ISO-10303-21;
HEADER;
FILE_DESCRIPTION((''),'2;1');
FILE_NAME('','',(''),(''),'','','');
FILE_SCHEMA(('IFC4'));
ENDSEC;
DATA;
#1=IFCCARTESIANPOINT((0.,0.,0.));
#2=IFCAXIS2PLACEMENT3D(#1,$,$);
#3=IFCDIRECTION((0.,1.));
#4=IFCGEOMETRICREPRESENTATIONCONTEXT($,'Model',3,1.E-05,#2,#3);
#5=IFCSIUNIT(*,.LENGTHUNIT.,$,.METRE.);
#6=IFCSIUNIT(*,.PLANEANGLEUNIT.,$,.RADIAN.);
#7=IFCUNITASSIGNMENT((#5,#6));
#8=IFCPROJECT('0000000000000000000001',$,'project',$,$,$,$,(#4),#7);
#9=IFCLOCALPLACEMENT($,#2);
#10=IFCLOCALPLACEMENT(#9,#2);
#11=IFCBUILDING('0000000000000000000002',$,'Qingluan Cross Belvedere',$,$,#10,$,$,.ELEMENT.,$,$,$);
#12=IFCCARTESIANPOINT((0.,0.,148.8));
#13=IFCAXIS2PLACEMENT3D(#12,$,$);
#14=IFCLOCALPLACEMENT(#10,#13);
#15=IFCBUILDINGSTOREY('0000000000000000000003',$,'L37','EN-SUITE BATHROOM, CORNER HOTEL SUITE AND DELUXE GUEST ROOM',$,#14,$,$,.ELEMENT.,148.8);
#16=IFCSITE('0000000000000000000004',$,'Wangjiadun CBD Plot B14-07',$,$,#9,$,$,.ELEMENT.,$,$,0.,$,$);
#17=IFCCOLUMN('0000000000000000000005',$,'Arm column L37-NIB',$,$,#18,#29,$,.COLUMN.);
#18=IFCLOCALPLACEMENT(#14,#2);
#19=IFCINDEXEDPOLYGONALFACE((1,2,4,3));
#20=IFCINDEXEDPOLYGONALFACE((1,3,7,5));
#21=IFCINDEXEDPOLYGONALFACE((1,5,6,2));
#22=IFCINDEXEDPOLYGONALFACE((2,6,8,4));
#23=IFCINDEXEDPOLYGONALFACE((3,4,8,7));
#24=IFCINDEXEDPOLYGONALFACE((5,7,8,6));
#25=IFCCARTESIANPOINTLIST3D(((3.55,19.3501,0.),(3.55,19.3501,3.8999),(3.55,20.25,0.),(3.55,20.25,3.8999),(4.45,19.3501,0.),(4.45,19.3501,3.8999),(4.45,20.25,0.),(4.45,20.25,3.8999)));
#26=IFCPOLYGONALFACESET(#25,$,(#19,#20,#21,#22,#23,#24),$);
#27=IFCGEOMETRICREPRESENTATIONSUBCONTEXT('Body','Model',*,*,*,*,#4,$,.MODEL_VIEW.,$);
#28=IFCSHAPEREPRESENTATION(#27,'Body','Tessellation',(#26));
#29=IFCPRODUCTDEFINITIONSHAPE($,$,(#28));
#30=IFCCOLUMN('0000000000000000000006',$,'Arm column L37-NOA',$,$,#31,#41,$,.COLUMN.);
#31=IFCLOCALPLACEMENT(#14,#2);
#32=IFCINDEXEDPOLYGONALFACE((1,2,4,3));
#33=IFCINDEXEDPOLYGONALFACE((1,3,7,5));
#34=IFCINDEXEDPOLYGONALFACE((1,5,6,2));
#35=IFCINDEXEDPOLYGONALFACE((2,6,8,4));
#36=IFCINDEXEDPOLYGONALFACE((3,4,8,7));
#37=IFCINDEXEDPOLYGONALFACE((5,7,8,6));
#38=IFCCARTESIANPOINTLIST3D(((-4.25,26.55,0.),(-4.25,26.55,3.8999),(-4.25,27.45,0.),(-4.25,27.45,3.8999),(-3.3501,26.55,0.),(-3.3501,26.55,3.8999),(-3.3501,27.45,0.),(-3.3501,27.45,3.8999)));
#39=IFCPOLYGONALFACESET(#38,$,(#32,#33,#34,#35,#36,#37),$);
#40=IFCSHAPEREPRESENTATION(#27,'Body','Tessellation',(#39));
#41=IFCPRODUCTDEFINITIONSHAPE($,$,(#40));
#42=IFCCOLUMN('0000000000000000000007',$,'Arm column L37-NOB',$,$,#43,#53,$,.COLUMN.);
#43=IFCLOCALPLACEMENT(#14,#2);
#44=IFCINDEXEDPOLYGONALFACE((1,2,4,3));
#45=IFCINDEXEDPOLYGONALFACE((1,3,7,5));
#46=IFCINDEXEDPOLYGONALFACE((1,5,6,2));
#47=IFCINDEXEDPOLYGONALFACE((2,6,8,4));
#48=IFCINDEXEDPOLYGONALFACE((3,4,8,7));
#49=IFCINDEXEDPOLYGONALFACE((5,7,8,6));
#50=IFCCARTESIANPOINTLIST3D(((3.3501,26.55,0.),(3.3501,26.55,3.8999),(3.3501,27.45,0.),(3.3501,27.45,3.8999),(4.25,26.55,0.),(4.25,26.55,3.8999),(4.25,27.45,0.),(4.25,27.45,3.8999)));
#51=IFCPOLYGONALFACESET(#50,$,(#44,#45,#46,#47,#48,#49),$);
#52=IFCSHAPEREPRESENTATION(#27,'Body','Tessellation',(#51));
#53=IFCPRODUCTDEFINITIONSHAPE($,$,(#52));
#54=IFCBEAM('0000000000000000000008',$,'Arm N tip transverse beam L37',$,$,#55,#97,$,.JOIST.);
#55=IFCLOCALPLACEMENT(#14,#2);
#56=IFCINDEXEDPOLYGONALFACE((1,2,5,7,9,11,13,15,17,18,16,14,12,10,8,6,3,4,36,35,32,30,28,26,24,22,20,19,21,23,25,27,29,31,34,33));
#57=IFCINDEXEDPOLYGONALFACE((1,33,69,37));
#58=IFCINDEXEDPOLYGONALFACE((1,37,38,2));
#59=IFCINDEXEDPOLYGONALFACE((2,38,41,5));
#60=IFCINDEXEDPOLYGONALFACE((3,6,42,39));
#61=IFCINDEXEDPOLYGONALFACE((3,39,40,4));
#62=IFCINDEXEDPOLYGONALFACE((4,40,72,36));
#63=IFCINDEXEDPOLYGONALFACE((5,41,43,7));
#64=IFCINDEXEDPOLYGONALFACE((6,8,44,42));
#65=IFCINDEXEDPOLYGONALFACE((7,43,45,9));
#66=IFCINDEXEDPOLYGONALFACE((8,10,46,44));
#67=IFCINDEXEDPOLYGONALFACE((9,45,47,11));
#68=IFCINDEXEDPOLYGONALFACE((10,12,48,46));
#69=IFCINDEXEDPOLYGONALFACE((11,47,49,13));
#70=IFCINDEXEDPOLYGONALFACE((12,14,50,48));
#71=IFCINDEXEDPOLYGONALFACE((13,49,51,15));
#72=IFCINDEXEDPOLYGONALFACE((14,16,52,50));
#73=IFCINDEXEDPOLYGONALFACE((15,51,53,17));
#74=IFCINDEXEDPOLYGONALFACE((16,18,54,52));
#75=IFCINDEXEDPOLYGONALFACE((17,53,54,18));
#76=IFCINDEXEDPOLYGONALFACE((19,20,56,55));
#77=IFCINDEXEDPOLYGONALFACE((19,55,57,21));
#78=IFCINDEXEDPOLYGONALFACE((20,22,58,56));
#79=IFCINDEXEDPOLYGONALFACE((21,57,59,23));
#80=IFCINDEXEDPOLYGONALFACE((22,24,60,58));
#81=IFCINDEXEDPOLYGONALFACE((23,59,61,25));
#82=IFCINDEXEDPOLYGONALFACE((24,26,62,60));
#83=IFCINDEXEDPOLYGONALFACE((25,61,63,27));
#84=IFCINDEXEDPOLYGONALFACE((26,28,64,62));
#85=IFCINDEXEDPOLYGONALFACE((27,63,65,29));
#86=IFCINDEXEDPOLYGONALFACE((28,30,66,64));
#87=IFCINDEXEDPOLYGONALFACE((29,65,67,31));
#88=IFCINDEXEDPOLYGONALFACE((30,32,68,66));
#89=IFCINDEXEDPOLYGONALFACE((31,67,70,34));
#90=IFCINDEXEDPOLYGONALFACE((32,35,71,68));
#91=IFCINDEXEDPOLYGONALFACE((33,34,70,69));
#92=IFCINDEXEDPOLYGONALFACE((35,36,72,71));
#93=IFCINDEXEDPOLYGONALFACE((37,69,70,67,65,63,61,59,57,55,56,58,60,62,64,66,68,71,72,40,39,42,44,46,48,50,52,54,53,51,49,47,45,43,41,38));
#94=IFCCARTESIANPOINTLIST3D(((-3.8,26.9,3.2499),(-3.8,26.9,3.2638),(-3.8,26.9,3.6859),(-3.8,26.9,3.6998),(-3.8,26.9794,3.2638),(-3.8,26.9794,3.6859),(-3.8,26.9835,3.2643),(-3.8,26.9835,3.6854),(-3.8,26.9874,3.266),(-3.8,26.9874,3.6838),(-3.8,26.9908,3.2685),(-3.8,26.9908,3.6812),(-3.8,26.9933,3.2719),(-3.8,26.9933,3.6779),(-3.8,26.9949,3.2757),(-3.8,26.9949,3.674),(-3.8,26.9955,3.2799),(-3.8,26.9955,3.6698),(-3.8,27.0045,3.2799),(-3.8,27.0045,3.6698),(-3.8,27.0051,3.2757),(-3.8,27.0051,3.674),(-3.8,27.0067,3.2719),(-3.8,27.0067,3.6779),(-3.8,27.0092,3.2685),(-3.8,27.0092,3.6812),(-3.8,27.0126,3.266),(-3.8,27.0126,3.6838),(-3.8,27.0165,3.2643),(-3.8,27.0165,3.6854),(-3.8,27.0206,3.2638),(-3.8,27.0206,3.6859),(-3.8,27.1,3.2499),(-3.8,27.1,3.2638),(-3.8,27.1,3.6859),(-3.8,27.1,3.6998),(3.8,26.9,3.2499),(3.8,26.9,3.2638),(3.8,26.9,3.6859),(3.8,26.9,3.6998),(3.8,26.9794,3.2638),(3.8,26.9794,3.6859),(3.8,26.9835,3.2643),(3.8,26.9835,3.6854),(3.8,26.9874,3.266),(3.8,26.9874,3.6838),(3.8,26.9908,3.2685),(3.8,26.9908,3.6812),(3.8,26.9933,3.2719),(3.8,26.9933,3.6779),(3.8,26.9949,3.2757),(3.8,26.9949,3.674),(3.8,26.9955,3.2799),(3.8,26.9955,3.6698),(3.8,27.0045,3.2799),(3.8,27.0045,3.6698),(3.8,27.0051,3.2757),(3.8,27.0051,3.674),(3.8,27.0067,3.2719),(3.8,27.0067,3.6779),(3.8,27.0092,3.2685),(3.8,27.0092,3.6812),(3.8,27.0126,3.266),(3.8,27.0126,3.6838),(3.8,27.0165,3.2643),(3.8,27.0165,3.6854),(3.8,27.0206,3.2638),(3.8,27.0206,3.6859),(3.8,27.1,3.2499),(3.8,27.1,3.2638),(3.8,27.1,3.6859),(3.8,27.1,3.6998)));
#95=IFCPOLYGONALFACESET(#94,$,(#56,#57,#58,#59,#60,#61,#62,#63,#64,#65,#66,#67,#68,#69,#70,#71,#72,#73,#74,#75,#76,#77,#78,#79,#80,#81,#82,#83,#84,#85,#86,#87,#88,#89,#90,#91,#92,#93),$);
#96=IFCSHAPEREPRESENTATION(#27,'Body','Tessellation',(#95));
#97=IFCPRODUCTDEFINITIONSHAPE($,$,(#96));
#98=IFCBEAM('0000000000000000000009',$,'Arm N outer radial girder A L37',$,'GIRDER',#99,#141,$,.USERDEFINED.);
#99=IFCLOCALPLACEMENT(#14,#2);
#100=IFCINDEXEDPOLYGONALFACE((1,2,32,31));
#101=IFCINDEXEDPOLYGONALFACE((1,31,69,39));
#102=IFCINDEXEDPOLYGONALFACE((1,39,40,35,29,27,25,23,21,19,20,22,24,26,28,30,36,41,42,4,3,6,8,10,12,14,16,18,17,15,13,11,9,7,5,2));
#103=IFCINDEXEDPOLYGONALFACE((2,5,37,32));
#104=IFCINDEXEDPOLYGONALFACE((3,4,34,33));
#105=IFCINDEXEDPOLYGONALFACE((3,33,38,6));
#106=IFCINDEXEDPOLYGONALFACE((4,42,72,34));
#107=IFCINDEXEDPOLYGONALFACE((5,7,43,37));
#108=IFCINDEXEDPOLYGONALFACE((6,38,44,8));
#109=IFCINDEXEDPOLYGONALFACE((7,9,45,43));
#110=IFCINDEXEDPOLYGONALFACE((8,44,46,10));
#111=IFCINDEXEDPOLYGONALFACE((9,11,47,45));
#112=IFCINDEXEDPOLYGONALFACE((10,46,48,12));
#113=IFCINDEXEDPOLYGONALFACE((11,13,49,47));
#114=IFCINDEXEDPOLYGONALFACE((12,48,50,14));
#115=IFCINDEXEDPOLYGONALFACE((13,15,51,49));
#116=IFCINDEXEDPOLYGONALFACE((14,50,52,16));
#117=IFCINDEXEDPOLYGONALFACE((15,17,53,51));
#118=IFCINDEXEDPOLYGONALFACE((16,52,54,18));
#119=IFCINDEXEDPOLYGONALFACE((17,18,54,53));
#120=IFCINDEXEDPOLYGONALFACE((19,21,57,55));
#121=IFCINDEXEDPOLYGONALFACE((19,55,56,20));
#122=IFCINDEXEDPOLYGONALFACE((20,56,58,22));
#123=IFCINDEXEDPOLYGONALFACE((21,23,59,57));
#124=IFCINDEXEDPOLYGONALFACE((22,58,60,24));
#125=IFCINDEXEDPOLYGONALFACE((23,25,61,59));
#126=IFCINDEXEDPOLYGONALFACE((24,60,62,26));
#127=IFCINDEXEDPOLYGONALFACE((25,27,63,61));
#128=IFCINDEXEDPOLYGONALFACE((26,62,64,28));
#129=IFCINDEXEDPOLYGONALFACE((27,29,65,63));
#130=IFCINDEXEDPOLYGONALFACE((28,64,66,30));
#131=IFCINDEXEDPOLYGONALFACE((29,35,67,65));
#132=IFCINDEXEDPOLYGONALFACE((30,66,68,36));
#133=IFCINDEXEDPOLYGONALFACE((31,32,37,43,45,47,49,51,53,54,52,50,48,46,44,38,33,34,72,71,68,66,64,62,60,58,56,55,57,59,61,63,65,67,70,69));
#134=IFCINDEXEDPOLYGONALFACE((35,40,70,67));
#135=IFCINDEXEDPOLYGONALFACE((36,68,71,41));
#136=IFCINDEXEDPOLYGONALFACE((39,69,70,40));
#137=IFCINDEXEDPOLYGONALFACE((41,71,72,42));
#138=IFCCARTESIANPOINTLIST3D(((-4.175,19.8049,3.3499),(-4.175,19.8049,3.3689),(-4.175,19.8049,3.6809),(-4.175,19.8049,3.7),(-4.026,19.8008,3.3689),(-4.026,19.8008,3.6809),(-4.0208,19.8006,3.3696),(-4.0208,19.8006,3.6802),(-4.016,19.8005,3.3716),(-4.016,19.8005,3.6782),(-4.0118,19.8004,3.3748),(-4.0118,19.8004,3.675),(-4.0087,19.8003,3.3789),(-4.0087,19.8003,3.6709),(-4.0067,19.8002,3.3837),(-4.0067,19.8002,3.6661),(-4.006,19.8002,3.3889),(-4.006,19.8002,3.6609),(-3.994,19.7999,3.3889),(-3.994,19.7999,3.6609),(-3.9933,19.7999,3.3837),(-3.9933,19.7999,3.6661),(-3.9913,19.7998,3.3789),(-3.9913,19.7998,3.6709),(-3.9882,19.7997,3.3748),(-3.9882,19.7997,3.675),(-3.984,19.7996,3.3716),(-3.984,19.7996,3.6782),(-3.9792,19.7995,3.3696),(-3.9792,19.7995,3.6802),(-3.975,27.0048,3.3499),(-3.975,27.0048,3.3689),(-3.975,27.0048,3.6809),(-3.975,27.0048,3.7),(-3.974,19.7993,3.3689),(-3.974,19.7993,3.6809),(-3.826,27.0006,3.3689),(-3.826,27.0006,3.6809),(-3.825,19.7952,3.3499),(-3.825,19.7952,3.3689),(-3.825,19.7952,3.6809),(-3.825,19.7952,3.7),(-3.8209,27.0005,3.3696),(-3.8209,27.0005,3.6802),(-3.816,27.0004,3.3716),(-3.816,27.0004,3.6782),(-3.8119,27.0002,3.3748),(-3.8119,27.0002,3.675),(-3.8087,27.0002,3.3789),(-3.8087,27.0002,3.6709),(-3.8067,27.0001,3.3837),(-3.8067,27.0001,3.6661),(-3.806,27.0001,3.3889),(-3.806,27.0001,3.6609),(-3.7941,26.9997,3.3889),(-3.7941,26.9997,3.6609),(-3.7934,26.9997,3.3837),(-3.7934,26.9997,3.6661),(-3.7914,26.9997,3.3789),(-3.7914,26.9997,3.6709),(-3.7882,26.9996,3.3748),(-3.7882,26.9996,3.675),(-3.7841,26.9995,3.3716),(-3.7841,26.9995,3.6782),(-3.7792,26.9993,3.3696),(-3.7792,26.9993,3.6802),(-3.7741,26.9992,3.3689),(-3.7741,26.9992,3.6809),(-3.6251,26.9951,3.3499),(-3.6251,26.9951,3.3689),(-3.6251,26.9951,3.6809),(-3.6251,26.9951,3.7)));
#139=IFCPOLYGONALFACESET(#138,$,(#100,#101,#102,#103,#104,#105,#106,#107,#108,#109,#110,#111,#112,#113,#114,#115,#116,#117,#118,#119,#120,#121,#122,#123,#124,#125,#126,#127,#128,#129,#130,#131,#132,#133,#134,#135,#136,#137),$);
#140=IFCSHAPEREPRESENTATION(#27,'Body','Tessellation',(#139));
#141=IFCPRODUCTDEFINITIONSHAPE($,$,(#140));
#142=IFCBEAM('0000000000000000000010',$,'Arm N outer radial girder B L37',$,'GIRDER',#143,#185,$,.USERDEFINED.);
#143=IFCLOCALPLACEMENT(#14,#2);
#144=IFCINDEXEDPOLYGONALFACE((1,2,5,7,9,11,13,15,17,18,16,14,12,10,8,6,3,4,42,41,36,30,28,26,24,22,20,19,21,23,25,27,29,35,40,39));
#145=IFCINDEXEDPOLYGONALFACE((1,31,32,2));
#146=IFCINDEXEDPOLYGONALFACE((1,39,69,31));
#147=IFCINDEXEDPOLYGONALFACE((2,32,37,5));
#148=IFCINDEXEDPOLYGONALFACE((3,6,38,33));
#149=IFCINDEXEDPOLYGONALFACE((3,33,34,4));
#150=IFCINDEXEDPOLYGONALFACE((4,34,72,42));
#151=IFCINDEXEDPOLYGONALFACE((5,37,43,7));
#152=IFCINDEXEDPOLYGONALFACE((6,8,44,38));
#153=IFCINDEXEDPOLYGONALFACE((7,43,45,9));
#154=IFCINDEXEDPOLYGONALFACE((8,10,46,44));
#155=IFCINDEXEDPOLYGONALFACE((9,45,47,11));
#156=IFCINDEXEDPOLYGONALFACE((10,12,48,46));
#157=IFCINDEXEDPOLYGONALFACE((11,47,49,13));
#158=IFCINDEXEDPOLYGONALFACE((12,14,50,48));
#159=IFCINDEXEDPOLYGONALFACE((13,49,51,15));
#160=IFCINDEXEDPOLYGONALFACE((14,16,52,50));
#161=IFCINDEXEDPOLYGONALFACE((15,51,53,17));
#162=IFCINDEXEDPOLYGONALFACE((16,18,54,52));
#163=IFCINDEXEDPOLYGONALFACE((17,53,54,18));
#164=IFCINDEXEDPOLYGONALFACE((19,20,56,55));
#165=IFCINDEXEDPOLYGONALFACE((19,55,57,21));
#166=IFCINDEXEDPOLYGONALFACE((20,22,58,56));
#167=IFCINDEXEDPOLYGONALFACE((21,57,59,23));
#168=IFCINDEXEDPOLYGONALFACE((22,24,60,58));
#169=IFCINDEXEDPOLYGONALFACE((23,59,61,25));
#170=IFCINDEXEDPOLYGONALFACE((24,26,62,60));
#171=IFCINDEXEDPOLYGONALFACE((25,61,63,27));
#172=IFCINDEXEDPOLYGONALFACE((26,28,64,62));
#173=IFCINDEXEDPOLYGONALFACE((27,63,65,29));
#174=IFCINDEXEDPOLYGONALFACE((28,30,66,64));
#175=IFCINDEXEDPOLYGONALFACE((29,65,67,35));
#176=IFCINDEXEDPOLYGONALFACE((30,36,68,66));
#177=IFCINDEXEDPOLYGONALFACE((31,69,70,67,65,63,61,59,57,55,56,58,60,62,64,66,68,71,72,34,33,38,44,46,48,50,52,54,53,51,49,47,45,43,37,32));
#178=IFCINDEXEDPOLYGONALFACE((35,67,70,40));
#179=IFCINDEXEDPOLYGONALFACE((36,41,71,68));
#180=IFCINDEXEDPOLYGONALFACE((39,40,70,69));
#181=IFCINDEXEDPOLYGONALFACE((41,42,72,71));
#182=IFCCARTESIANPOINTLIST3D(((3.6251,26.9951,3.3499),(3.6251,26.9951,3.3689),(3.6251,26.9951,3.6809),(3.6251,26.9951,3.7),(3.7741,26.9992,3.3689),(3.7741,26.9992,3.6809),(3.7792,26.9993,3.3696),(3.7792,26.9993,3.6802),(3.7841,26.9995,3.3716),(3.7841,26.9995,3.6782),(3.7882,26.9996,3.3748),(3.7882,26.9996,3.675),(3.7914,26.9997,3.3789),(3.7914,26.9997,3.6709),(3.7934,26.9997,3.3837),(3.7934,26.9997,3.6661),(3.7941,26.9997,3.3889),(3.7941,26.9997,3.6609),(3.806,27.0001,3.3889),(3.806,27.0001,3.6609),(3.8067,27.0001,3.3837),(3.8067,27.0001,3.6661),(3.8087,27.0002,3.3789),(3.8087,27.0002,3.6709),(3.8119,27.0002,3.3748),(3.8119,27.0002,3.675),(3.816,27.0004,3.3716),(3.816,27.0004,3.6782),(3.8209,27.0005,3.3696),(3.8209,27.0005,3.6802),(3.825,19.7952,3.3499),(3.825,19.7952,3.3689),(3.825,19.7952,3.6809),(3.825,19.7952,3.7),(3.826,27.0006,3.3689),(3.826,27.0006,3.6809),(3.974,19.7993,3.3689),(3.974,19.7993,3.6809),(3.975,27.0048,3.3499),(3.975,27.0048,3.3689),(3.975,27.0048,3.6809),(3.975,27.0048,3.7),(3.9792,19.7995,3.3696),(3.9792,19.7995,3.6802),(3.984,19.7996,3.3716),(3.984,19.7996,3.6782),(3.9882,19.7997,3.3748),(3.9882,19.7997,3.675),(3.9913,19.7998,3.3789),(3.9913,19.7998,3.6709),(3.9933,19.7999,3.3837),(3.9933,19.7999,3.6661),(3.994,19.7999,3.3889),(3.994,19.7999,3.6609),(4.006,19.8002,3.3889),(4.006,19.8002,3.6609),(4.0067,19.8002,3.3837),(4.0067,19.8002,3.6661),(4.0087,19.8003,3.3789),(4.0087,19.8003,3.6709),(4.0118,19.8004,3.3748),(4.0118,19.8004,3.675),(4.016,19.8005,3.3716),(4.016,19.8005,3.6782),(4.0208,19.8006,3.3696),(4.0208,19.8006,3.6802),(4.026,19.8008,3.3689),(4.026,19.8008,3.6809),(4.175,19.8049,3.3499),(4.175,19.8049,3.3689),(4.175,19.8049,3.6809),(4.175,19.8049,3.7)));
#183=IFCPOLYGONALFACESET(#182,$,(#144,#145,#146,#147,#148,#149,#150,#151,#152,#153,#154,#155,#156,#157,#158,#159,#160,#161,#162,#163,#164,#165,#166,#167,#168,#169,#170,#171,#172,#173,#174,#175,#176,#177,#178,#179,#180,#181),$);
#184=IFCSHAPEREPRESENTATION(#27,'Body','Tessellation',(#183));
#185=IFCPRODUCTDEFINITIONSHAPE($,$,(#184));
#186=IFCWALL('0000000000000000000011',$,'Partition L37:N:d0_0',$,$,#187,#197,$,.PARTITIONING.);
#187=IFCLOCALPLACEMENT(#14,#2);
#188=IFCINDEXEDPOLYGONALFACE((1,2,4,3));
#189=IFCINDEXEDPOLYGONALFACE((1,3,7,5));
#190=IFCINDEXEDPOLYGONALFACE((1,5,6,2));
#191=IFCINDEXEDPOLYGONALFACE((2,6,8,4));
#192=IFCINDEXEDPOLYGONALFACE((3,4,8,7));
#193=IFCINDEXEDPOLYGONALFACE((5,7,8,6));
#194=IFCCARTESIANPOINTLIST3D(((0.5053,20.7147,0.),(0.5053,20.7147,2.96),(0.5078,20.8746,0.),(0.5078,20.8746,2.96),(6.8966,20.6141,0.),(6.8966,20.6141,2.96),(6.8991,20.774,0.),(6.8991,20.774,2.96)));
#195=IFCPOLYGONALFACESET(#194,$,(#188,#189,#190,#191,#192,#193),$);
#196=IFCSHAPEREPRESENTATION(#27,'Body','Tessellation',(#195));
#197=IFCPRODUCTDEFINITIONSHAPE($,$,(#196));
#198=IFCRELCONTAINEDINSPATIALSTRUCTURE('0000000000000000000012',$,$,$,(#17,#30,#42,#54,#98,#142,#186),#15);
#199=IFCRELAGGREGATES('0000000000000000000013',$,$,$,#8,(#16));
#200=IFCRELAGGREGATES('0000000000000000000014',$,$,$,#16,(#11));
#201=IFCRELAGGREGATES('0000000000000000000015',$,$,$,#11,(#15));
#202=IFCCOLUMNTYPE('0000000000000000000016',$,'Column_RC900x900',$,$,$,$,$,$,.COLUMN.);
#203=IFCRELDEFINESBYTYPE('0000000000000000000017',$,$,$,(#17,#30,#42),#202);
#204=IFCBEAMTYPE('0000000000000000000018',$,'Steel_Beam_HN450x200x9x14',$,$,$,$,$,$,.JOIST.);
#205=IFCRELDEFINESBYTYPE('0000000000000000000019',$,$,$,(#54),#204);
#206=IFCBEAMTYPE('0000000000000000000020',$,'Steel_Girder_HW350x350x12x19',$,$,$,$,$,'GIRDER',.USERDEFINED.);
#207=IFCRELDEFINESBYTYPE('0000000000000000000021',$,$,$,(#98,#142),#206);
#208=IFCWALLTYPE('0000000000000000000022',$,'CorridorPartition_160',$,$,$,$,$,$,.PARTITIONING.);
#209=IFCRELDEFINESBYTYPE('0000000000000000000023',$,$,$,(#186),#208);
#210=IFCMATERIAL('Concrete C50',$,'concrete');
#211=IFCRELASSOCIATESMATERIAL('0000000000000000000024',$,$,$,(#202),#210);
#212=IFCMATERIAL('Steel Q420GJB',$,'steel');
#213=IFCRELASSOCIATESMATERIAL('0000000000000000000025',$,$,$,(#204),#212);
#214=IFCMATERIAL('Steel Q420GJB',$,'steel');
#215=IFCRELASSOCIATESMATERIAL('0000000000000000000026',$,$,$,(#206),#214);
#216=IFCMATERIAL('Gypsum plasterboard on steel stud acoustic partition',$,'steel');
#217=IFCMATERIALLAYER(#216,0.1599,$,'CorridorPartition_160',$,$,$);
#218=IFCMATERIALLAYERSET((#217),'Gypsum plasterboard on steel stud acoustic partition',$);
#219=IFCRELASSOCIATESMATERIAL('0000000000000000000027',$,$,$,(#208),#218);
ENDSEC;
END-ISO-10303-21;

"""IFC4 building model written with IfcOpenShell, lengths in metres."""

from ifc_helpers import new_model, si_unit, direction, frame, frame_2d, origin, origin_2d, place, context, subcontext, project, spatial, rectangle, i_section, extrude, material, layer, layer_set, material_profile, profile_set, type_object, element, save


model = new_model("IFC4")

# Units and contexts
model_context = context("Model", 3, precision=1e-05, world=origin(), true_north=direction((0.0, 1.0)))
body_context = subcontext(model_context, "Body", "Model", "MODEL_VIEW")
ifc_project = project(units=[si_unit("LENGTHUNIT", "METRE"), si_unit("PLANEANGLEUNIT", "RADIAN")], contexts=[model_context])

# Site, building, storey
site_placement = place(None, origin())
site = spatial("IfcSite", under=ifc_project, at=site_placement, Name="Wangjiadun CBD Plot B14-07", CompositionType="ELEMENT", RefElevation=0.0)
building_placement = place(site_placement, origin())
building = spatial("IfcBuilding", under=site, at=building_placement, Name="Qingluan Cross Belvedere", CompositionType="ELEMENT")
storey_placement = place(building_placement, frame((0.0, 0.0, 148.8)))
storey = spatial("IfcBuildingStorey", under=building, at=storey_placement, Name="L37", Description="EN-SUITE BATHROOM, CORNER HOTEL SUITE AND DELUXE GUEST ROOM", CompositionType="ELEMENT", Elevation=148.8)

# Columns
ifc_material_1 = material(Name="Concrete C50", Category="concrete")
ifc_material_profile_1 = material_profile(ifc_material_1, rectangle(XDim=0.8999, YDim=0.8999, at=origin_2d()), Name="RC900x900")
ifc_profile_set_1 = profile_set([ifc_material_profile_1], Name="Concrete C50")
column_type = type_object("IfcColumnType", Name="Column_RC900x900", PredefinedType="COLUMN", material=ifc_profile_set_1)
for number, where, z_axis, x_axis, name in (
    (1, (4.0, 19.8, 0.0), (0.0, 0.0, 1.0), (1.0, 0.0, 0.0), "Arm column L37-NIB"),
    (2, (-3.8, 27.0, 0.0), (0.0, 0.0, 1.0), (1.0, 0.0, 0.0), "Arm column L37-NOA"),
    (3, (3.8, 27.0, 0.0), (0.0, 0.0, 1.0), (1.0, 0.0, 0.0), "Arm column L37-NOB"),
):
    element("IfcColumn", number, at=place(storey_placement, frame(where, z_axis=z_axis, x_axis=x_axis)), inside=storey, type_object=column_type, Name=name, PredefinedType="COLUMN", context=body_context, shape_type="SweptSolid", body=[
        extrude(rectangle(XDim=0.8999, YDim=0.8999, at=origin_2d()), origin(), (0.0, 0.0, 1.0), 3.8999),
    ])

# Beams
ifc_material_2 = material(Name="Steel Q420GJB", Category="steel")
ifc_material_profile_2 = material_profile(ifc_material_2, i_section(OverallWidth=0.2, OverallDepth=0.45, WebThickness=0.009, FlangeThickness=0.0139, FilletRadius=0.0161, at=origin_2d()), Name="HN450x200x9x14")
ifc_profile_set_2 = profile_set([ifc_material_profile_2], Name="Steel Q420GJB")
beam_type_1 = type_object("IfcBeamType", Name="Steel_Beam_HN450x200x9x14", PredefinedType="JOIST", material=ifc_profile_set_2)
beam_placement = place(storey_placement, frame((-3.8, 27.0, 3.4749), z_axis=(1.0, 0.0, 0.0), x_axis=(0.0, 1.0, 0.0)))
element("IfcBeam", 4, at=beam_placement, inside=storey, type_object=beam_type_1, Name="Arm N tip transverse beam L37", PredefinedType="JOIST", context=body_context, shape_type="SweptSolid", body=[
    extrude(i_section(OverallWidth=0.2, OverallDepth=0.45, WebThickness=0.009, FlangeThickness=0.0139, FilletRadius=0.0161, at=origin_2d()), origin(), (0.0, 0.0, 1.0), 7.6001),
])
ifc_material_3 = material(Name="Steel Q420GJB", Category="steel")
ifc_material_profile_3 = material_profile(ifc_material_3, i_section(OverallWidth=0.3501, OverallDepth=0.3501, WebThickness=0.012, FlangeThickness=0.019, FilletRadius=0.02, at=origin_2d()), Name="HW350x350x12x19")
ifc_profile_set_3 = profile_set([ifc_material_profile_3], Name="Steel Q420GJB")
beam_type_2 = type_object("IfcBeamType", Name="Steel_Girder_HW350x350x12x19", ElementType="GIRDER", PredefinedType="USERDEFINED", material=ifc_profile_set_3)
for number, where, z_axis, x_axis, name in (
    (5, (-4.0, 19.8, 3.5249), (0.02776, 0.999615, 0.0), (-0.999615, 0.02776, 0.0), "Arm N outer radial girder A L37"),
    (6, (4.0, 19.8, 3.5249), (-0.02776, 0.999615, 0.0), (-0.999615, -0.02776, 0.0), "Arm N outer radial girder B L37"),
):
    element("IfcBeam", number, at=place(storey_placement, frame(where, z_axis=z_axis, x_axis=x_axis)), inside=storey, type_object=beam_type_2, Name=name, ObjectType="GIRDER", PredefinedType="USERDEFINED", context=body_context, shape_type="SweptSolid", body=[
        extrude(i_section(OverallWidth=0.3501, OverallDepth=0.3501, WebThickness=0.012, FlangeThickness=0.019, FilletRadius=0.02, at=origin_2d()), origin(), (0.0, 0.0, 1.0), 7.2026),
    ])

# Wall
ifc_material_4 = material(Name="Gypsum plasterboard on steel stud acoustic partition", Category="steel")
ifc_layer_1 = layer(ifc_material_4, 0.1599, Name="CorridorPartition_160")
ifc_layer_set_1 = layer_set([ifc_layer_1], Name="Gypsum plasterboard on steel stud acoustic partition")
wall_type_1 = type_object("IfcWallType", Name="CorridorPartition_160", PredefinedType="PARTITIONING", material=ifc_layer_set_1)
wall_1_placement = place(storey_placement, frame((0.5066, 20.7947, 0.0), z_axis=(0.0, 0.0, 1.0), x_axis=(0.999876, -0.015736, 0.0)))
element("IfcWall", 7, at=wall_1_placement, inside=storey, type_object=wall_type_1, Name="Partition L37:N:d0_0", PredefinedType="PARTITIONING", context=body_context, shape_type="SweptSolid", body=[
    extrude(rectangle(XDim=6.3921, YDim=0.1599, at=frame_2d((3.196, 0.0))), origin(), (0.0, 0.0, 1.0), 2.96),
])

save(model, "model.ifc")
